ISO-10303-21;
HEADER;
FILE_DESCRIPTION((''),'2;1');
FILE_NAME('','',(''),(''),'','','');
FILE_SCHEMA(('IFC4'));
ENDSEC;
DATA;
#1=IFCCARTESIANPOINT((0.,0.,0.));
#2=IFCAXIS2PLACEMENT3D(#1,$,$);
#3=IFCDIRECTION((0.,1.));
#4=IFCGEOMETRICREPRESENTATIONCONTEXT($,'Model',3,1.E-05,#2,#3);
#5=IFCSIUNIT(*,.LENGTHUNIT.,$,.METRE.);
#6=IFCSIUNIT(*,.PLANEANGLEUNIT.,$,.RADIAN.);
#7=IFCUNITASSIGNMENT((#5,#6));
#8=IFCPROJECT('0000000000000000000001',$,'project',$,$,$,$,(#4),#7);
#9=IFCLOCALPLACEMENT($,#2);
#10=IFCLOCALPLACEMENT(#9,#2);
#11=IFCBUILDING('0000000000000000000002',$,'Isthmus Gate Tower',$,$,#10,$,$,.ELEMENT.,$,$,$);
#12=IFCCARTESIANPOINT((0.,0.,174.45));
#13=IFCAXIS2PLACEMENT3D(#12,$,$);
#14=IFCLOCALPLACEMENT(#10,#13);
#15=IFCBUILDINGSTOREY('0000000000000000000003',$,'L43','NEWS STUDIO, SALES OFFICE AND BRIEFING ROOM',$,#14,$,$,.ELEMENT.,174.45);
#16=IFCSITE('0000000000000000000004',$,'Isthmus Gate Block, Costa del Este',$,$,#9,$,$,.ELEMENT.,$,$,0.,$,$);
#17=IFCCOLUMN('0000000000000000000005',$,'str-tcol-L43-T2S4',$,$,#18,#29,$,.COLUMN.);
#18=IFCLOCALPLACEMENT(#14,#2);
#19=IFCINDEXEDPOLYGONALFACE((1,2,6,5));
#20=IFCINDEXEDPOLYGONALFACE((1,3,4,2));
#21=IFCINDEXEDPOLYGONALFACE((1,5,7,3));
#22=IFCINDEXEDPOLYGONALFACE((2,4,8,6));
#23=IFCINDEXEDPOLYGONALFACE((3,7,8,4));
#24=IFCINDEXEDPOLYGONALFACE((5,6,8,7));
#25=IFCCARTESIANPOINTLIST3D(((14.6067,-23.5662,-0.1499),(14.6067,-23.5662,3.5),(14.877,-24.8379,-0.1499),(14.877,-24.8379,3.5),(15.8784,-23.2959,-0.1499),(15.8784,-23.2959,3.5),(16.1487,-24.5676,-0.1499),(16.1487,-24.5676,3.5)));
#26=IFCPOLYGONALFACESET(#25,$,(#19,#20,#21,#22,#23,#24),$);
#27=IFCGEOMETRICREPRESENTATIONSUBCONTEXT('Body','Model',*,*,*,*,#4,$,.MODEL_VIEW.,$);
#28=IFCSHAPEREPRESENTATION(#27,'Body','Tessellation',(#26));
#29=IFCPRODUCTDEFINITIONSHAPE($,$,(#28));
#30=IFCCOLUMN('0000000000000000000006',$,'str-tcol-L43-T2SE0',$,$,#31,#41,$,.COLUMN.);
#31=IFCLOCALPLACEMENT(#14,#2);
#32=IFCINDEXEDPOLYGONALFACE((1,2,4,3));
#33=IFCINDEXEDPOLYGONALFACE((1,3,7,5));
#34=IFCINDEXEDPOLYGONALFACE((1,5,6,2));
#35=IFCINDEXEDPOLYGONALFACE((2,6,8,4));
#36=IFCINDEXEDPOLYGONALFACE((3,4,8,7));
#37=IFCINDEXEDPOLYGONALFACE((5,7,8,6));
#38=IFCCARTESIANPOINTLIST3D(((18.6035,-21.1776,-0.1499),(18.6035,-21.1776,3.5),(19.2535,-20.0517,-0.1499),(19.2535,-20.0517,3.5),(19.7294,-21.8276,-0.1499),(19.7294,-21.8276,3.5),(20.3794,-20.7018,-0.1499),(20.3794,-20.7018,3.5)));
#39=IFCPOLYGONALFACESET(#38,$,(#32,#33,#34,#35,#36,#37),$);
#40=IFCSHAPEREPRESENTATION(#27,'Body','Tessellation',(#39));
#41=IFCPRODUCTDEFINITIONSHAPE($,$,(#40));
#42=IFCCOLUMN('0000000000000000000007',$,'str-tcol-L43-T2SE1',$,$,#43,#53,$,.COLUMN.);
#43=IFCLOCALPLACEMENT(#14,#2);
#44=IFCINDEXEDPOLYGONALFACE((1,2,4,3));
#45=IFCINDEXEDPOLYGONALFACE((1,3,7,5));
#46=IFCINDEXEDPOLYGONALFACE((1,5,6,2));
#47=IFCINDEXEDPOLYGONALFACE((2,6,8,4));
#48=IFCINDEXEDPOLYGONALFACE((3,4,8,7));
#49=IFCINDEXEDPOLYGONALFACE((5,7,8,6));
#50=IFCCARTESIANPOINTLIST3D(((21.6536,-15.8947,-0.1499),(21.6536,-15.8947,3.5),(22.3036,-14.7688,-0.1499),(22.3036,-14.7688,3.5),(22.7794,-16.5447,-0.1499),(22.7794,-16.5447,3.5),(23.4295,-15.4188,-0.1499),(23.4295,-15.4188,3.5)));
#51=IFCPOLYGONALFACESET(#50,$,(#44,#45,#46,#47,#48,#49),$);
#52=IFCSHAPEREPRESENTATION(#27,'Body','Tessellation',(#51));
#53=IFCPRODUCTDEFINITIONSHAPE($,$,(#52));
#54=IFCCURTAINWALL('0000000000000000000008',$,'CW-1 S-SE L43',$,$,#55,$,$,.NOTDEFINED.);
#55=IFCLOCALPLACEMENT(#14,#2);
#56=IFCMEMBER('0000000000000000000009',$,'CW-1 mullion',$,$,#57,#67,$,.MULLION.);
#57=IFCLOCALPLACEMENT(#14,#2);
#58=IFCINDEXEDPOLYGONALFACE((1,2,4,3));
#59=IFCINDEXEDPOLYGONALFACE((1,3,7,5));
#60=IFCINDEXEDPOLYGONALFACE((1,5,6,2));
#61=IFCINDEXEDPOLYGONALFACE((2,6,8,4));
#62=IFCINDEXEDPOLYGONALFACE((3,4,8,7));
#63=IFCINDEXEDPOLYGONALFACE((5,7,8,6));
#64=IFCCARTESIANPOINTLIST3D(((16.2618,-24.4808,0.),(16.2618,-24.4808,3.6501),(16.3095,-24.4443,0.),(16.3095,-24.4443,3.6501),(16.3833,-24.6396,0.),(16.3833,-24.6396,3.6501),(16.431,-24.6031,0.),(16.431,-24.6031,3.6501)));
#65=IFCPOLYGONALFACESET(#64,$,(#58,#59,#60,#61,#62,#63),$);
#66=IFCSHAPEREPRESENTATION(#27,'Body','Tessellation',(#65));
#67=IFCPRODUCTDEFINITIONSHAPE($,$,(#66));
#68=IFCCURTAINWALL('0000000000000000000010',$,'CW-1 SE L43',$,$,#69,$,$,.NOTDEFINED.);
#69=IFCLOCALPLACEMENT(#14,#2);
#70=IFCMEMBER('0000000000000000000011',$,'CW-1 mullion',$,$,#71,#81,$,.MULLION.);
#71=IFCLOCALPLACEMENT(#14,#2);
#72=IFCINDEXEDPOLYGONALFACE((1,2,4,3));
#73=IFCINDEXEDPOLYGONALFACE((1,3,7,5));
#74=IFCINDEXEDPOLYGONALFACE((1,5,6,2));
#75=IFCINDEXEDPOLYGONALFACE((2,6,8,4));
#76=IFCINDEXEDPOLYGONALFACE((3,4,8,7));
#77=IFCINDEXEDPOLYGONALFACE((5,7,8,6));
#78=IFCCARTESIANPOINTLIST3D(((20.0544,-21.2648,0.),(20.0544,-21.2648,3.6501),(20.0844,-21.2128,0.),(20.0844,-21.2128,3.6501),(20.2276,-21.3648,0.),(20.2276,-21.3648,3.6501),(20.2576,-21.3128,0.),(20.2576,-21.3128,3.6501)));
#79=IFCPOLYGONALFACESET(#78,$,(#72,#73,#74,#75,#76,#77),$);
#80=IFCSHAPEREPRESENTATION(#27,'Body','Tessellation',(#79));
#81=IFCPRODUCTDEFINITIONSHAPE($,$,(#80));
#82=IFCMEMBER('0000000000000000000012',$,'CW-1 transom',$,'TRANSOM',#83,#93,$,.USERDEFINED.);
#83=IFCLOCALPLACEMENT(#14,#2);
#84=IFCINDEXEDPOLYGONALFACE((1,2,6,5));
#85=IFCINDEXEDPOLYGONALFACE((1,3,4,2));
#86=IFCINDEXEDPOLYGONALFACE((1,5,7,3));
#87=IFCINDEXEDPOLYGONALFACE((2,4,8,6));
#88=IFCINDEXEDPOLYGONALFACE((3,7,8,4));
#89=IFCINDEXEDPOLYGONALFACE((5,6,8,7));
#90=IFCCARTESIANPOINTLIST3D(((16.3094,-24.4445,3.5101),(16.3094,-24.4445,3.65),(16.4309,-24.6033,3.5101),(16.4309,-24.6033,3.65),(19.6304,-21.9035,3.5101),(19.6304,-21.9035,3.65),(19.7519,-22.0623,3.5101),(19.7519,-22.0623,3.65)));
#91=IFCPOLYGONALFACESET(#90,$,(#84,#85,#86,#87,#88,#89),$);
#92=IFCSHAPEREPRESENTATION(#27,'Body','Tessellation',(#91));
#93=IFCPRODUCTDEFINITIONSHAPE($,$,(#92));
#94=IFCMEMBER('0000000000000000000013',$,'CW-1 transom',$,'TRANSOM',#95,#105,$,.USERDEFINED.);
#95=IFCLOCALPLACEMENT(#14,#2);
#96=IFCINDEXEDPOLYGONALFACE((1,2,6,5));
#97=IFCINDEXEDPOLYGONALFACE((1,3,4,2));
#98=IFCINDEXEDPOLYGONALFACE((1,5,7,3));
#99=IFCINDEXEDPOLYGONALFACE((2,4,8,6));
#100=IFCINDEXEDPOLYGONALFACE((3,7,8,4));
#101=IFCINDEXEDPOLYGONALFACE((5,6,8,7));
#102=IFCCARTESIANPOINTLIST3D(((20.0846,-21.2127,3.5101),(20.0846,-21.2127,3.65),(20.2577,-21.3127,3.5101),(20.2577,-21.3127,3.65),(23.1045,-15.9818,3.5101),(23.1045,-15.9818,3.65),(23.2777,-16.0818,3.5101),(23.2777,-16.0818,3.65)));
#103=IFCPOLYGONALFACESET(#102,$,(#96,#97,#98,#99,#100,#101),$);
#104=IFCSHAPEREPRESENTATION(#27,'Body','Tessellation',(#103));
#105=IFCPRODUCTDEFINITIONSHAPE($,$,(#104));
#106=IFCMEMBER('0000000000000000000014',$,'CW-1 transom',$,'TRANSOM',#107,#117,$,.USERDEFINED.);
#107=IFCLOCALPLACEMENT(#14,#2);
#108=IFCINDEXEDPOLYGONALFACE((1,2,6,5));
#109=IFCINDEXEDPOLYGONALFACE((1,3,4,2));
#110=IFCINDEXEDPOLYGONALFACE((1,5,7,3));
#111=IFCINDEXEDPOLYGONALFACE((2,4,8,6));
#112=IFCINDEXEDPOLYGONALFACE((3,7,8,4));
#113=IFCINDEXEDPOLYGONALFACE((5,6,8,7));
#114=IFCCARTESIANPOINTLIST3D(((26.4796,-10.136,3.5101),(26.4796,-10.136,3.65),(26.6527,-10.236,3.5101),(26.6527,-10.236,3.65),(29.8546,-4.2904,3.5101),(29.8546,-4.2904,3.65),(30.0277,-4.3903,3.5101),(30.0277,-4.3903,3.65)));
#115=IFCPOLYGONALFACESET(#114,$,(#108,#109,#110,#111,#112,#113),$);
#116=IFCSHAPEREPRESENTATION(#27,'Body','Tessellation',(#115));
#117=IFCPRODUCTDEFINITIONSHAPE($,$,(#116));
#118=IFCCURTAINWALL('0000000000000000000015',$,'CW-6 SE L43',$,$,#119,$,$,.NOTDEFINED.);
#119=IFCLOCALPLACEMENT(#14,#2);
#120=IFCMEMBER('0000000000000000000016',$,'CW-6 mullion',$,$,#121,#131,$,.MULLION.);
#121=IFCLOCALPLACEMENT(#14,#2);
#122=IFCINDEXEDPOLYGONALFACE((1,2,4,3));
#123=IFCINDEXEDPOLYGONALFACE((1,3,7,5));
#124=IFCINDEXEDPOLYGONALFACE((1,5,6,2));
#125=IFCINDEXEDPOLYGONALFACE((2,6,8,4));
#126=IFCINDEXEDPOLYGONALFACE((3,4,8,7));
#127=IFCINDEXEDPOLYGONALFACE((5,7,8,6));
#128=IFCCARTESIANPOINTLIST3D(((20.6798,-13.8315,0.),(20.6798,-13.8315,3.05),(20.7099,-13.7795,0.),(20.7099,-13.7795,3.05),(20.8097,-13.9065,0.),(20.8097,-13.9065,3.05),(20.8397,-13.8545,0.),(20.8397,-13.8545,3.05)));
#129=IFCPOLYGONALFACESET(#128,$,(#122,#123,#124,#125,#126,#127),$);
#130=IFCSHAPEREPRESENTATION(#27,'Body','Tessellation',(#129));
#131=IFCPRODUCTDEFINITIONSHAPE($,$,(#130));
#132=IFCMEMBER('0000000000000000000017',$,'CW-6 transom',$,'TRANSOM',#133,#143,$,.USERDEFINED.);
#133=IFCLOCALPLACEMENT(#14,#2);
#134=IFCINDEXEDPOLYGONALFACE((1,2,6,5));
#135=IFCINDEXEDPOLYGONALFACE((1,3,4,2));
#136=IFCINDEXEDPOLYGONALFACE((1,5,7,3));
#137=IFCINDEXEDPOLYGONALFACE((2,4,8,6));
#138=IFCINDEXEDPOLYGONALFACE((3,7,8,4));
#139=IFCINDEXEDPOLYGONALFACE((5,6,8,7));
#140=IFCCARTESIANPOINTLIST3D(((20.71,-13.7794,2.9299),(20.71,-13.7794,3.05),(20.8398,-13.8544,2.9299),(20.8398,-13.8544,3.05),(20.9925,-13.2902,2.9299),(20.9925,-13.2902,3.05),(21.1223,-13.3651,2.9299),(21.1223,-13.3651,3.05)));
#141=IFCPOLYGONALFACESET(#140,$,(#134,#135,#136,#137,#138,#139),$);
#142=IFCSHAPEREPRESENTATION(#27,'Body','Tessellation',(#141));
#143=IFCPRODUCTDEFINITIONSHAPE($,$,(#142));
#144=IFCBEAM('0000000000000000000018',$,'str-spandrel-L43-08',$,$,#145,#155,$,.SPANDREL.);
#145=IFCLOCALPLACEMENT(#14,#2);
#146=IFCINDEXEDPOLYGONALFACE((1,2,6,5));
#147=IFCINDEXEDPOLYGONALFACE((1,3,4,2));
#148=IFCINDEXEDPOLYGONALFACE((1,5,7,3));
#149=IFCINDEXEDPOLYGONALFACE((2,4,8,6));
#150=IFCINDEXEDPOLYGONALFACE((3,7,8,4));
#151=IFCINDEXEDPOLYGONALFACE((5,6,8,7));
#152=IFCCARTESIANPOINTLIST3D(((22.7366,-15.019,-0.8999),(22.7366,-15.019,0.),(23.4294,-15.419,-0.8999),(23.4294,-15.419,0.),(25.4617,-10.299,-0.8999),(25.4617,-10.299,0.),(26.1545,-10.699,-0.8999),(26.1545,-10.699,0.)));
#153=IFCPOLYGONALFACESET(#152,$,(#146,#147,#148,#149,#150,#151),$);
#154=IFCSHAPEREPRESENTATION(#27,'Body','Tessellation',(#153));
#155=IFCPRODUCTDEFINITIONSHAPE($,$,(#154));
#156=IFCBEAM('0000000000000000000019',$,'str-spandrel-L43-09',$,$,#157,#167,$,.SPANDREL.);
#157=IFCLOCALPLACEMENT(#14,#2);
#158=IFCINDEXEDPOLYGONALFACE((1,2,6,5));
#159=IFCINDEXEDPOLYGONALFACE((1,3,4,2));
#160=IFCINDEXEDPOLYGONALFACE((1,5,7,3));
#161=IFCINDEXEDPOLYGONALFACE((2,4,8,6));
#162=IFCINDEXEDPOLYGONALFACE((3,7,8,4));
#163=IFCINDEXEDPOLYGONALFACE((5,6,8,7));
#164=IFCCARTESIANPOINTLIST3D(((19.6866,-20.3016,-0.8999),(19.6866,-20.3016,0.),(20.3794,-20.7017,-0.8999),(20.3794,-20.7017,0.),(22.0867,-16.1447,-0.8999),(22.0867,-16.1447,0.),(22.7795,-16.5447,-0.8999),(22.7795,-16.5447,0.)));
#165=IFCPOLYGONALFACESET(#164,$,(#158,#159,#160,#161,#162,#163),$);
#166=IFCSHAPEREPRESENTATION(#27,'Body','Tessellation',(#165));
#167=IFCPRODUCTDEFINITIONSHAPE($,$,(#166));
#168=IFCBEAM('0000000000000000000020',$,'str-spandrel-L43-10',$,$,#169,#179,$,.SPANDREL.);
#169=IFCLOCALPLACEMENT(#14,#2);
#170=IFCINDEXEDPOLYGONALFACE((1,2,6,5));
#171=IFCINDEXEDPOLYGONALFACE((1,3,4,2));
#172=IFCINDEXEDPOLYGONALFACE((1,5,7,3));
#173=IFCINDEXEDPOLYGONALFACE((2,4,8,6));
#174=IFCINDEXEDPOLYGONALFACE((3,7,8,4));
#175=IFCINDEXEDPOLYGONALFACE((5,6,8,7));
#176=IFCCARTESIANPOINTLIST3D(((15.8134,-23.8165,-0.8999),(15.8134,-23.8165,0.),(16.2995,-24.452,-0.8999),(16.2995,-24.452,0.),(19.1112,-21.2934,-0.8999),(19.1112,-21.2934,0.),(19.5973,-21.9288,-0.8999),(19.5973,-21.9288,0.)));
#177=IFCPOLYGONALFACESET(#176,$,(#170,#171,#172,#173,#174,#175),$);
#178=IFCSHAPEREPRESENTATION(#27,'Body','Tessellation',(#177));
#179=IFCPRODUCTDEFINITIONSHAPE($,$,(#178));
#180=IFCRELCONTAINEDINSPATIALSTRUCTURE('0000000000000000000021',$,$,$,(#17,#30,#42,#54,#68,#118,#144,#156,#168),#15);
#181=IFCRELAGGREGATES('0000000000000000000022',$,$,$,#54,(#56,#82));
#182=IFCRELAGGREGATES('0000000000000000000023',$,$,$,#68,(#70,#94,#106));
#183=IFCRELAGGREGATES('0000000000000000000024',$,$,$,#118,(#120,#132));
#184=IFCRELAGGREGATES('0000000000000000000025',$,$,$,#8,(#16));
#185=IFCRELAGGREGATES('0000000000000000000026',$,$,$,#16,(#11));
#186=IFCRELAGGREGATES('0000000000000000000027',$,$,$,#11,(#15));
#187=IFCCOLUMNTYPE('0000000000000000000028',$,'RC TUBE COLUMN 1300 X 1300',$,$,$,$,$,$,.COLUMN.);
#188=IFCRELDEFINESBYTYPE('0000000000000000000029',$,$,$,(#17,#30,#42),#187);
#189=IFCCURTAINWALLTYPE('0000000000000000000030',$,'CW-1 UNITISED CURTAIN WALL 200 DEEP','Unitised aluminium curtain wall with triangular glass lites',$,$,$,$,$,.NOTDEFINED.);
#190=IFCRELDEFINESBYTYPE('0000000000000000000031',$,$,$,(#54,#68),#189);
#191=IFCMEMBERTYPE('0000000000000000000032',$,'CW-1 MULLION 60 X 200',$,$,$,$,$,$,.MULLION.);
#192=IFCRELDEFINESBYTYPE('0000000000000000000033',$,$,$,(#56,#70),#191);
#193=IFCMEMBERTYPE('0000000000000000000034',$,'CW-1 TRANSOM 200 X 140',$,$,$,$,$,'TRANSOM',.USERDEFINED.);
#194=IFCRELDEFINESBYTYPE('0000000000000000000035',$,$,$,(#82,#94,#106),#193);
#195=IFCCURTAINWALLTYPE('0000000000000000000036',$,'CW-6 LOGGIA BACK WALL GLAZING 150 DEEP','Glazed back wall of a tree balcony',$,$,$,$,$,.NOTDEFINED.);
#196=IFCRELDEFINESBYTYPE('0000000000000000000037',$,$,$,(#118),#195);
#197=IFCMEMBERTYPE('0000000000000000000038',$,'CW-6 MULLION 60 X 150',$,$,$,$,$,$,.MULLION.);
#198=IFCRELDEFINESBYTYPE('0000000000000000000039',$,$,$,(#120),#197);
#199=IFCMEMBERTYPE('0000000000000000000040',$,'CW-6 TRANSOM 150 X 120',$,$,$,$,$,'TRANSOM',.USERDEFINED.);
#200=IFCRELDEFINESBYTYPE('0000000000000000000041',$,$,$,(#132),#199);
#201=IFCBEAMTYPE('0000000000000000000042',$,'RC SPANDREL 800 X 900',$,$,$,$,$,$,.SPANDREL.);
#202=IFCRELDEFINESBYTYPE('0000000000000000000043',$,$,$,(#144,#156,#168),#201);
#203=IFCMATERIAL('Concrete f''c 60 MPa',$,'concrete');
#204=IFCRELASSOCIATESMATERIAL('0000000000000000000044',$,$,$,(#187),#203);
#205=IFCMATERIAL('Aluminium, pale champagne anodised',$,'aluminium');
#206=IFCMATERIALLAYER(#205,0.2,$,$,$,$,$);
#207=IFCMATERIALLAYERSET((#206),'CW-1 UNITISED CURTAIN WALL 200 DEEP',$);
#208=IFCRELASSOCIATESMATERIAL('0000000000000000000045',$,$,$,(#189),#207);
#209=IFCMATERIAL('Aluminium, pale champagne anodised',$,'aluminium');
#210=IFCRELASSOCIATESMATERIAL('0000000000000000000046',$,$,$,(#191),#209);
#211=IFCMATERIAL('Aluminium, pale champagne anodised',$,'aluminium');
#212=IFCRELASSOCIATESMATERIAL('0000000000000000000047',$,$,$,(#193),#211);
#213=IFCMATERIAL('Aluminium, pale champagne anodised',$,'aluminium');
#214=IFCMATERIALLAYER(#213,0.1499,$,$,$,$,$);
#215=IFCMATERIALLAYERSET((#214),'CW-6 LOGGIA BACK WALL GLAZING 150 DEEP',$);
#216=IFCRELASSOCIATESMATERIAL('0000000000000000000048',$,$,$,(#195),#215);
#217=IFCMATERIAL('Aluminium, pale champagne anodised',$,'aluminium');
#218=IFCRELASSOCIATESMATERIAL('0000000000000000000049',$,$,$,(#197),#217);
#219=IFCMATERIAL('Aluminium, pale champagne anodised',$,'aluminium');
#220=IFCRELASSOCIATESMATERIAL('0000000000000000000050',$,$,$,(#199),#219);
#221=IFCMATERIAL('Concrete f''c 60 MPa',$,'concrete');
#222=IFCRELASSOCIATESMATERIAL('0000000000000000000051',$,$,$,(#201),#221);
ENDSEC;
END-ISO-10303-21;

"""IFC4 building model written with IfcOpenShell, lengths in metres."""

from ifc_helpers import new_model, si_unit, direction, frame, origin, origin_2d, place, context, subcontext, project, spatial, rectangle, extrude, material, layer, layer_set, material_profile, profile_set, type_object, element, aggregate, save


model = new_model("IFC4")

# Units and contexts
model_context = context("Model", 3, precision=1e-05, world=origin(), true_north=direction((0.0, 1.0)))
body_context = subcontext(model_context, "Body", "Model", "MODEL_VIEW")
ifc_project = project(units=[si_unit("LENGTHUNIT", "METRE"), si_unit("PLANEANGLEUNIT", "RADIAN")], contexts=[model_context])

# Site, building, storey
site_placement = place(None, origin())
site = spatial("IfcSite", under=ifc_project, at=site_placement, Name="Isthmus Gate Block, Costa del Este", CompositionType="ELEMENT", RefElevation=0.0)
building_placement = place(site_placement, origin())
building = spatial("IfcBuilding", under=site, at=building_placement, Name="Isthmus Gate Tower", CompositionType="ELEMENT")
storey_placement = place(building_placement, frame((0.0, 0.0, 174.45)))
storey = spatial("IfcBuildingStorey", under=building, at=storey_placement, Name="L43", Description="NEWS STUDIO, SALES OFFICE AND BRIEFING ROOM", CompositionType="ELEMENT", Elevation=174.45)

# Columns
ifc_material_1 = material(Name="Concrete f'c 60 MPa", Category="concrete")
ifc_material_profile_1 = material_profile(ifc_material_1, rectangle(XDim=1.3, YDim=1.3, at=origin_2d()), Name="RC 1300X1300")
ifc_profile_set_1 = profile_set([ifc_material_profile_1], Name="Concrete f'c 60 MPa")
column_type = type_object("IfcColumnType", Name="RC TUBE COLUMN 1300 X 1300", PredefinedType="COLUMN", material=ifc_profile_set_1)
for number, where, z_axis, x_axis, name in (
    (1, (15.3777, -24.0669, -0.1499), (0.0, 0.0, 1.0), (0.978148, 0.207912, 0.0), "str-tcol-L43-T2S4"),
    (2, (19.4915, -20.9397, -0.1499), (0.0, 0.0, 1.0), (0.5, 0.866025, 0.0), "str-tcol-L43-T2SE0"),
    (3, (22.5415, -15.6567, -0.1499), (0.0, 0.0, 1.0), (0.5, 0.866025, 0.0), "str-tcol-L43-T2SE1"),
):
    element("IfcColumn", number, at=place(storey_placement, frame(where, z_axis=z_axis, x_axis=x_axis)), inside=storey, type_object=column_type, Name=name, PredefinedType="COLUMN", context=body_context, shape_type="SweptSolid", body=[
        extrude(rectangle(XDim=1.3, YDim=1.3, at=origin_2d()), origin(), (0.0, 0.0, 1.0), 3.6499),
    ])

# Curtain walls, members
ifc_material_2 = material(Name="Aluminium, pale champagne anodised", Category="aluminium")
ifc_layer_1 = layer(ifc_material_2, 0.2)
ifc_layer_set_1 = layer_set([ifc_layer_1], Name="CW-1 UNITISED CURTAIN WALL 200 DEEP")
curtain_wall_type_1 = type_object("IfcCurtainWallType", Name="CW-1 UNITISED CURTAIN WALL 200 DEEP", Description="Unitised aluminium curtain wall with triangular glass lites", PredefinedType="NOTDEFINED", material=ifc_layer_set_1)
curtain_wall_1_placement = place(storey_placement, origin())
curtain_wall_1 = element("IfcCurtainWall", 4, at=curtain_wall_1_placement, inside=storey, type_object=curtain_wall_type_1, Name="CW-1 S-SE L43", PredefinedType="NOTDEFINED")
ifc_material_3 = material(Name="Aluminium, pale champagne anodised", Category="aluminium")
ifc_material_profile_2 = material_profile(ifc_material_3, rectangle(XDim=0.0601, YDim=0.2, at=origin_2d()), Name="60x200")
ifc_profile_set_2 = profile_set([ifc_material_profile_2], Name="Aluminium, pale champagne anodised")
member_type_1 = type_object("IfcMemberType", Name="CW-1 MULLION 60 X 200", PredefinedType="MULLION", material=ifc_profile_set_2)
member_1_placement = place(storey_placement, frame((16.3464, -24.542, 0.0), z_axis=(0.0, 0.0, 1.0), x_axis=(0.794189, 0.607671, 0.0)))
member_1 = element("IfcMember", 5, at=member_1_placement, type_object=member_type_1, Name="CW-1 mullion", PredefinedType="MULLION", context=body_context, shape_type="SweptSolid", body=[
    extrude(rectangle(XDim=0.0601, YDim=0.2, at=origin_2d()), origin(), (0.0, 0.0, 1.0), 3.6501),
])
curtain_wall_2_placement = place(storey_placement, origin())
curtain_wall_2 = element("IfcCurtainWall", 6, at=curtain_wall_2_placement, inside=storey, type_object=curtain_wall_type_1, Name="CW-1 SE L43", PredefinedType="NOTDEFINED")
member_2_placement = place(storey_placement, frame((20.156, -21.2888, 0.0), z_axis=(0.0, 0.0, 1.0), x_axis=(0.5, 0.866025, 0.0)))
member_2 = element("IfcMember", 7, at=member_2_placement, type_object=member_type_1, Name="CW-1 mullion", PredefinedType="MULLION", context=body_context, shape_type="SweptSolid", body=[
    extrude(rectangle(XDim=0.0601, YDim=0.2, at=origin_2d()), origin(), (0.0, 0.0, 1.0), 3.6501),
])

# Members
ifc_material_4 = material(Name="Aluminium, pale champagne anodised", Category="aluminium")
ifc_material_profile_3 = material_profile(ifc_material_4, rectangle(XDim=0.2, YDim=0.1399, at=origin_2d()), Name="200x140")
ifc_profile_set_3 = profile_set([ifc_material_profile_3], Name="Aluminium, pale champagne anodised")
member_type_2 = type_object("IfcMemberType", Name="CW-1 TRANSOM 200 X 140", ElementType="TRANSOM", PredefinedType="USERDEFINED", material=ifc_profile_set_3)
member_3_placement = place(storey_placement, frame((16.3701, -24.5239, 3.5801), z_axis=(0.794197, 0.60766, 0.0), x_axis=(-0.60766, 0.794197, 0.0)))
member_3 = element("IfcMember", 8, at=member_3_placement, type_object=member_type_2, Name="CW-1 transom", ObjectType="TRANSOM", PredefinedType="USERDEFINED", context=body_context, shape_type="SweptSolid", body=[
    extrude(rectangle(XDim=0.2, YDim=0.1399, at=origin_2d()), origin(), (0.0, 0.0, 1.0), 4.1816),
])
member_4_placement = place(storey_placement, frame((20.1711, -21.2627, 3.5801), z_axis=(0.499991, 0.866031, 0.0), x_axis=(-0.866031, 0.499991, 0.0)))
member_4 = element("IfcMember", 9, at=member_4_placement, type_object=member_type_2, Name="CW-1 transom", ObjectType="TRANSOM", PredefinedType="USERDEFINED", context=body_context, shape_type="SweptSolid", body=[
    extrude(rectangle(XDim=0.2, YDim=0.1399, at=origin_2d()), origin(), (0.0, 0.0, 1.0), 6.04),
])
member_5_placement = place(storey_placement, frame((26.5662, -10.186, 3.5801), z_axis=(0.499998, 0.866027, 0.0), x_axis=(-0.866027, 0.499998, 0.0)))
member_5 = element("IfcMember", 10, at=member_5_placement, type_object=member_type_2, Name="CW-1 transom", ObjectType="TRANSOM", PredefinedType="USERDEFINED", context=body_context, shape_type="SweptSolid", body=[
    extrude(rectangle(XDim=0.2, YDim=0.1399, at=origin_2d()), origin(), (0.0, 0.0, 1.0), 6.75),
])

# Curtain wall, members
ifc_material_5 = material(Name="Aluminium, pale champagne anodised", Category="aluminium")
ifc_layer_2 = layer(ifc_material_5, 0.1499)
ifc_layer_set_2 = layer_set([ifc_layer_2], Name="CW-6 LOGGIA BACK WALL GLAZING 150 DEEP")
curtain_wall_type_2 = type_object("IfcCurtainWallType", Name="CW-6 LOGGIA BACK WALL GLAZING 150 DEEP", Description="Glazed back wall of a tree balcony", PredefinedType="NOTDEFINED", material=ifc_layer_set_2)
curtain_wall_3_placement = place(storey_placement, origin())
curtain_wall_3 = element("IfcCurtainWall", 11, at=curtain_wall_3_placement, inside=storey, type_object=curtain_wall_type_2, Name="CW-6 SE L43", PredefinedType="NOTDEFINED")
ifc_material_6 = material(Name="Aluminium, pale champagne anodised", Category="aluminium")
ifc_material_profile_4 = material_profile(ifc_material_6, rectangle(XDim=0.0601, YDim=0.1499, at=origin_2d()), Name="60x150")
ifc_profile_set_4 = profile_set([ifc_material_profile_4], Name="Aluminium, pale champagne anodised")
member_type_3 = type_object("IfcMemberType", Name="CW-6 MULLION 60 X 150", PredefinedType="MULLION", material=ifc_profile_set_4)
member_6_placement = place(storey_placement, frame((20.7598, -13.843, 0.0), z_axis=(0.0, 0.0, 1.0), x_axis=(0.5, 0.866025, 0.0)))
member_6 = element("IfcMember", 12, at=member_6_placement, type_object=member_type_3, Name="CW-6 mullion", PredefinedType="MULLION", context=body_context, shape_type="SweptSolid", body=[
    extrude(rectangle(XDim=0.0601, YDim=0.1499, at=origin_2d()), origin(), (0.0, 0.0, 1.0), 3.05),
])
ifc_material_7 = material(Name="Aluminium, pale champagne anodised", Category="aluminium")
ifc_material_profile_5 = material_profile(ifc_material_7, rectangle(XDim=0.1499, YDim=0.1201, at=origin_2d()), Name="150x120")
ifc_profile_set_5 = profile_set([ifc_material_profile_5], Name="Aluminium, pale champagne anodised")
member_type_4 = type_object("IfcMemberType", Name="CW-6 TRANSOM 150 X 120", ElementType="TRANSOM", PredefinedType="USERDEFINED", material=ifc_profile_set_5)
member_7_placement = place(storey_placement, frame((20.7749, -13.8169, 2.99), z_axis=(0.499997, 0.866027, 0.0), x_axis=(-0.866027, 0.499997, 0.0)))
member_7 = element("IfcMember", 13, at=member_7_placement, type_object=member_type_4, Name="CW-6 transom", ObjectType="TRANSOM", PredefinedType="USERDEFINED", context=body_context, shape_type="SweptSolid", body=[
    extrude(rectangle(XDim=0.1499, YDim=0.1201, at=origin_2d()), origin(), (0.0, 0.0, 1.0), 0.5649),
])

# Beams
ifc_material_8 = material(Name="Concrete f'c 60 MPa", Category="concrete")
ifc_material_profile_6 = material_profile(ifc_material_8, rectangle(XDim=0.8, YDim=0.8999, at=origin_2d()), Name="RC 800X900")
ifc_profile_set_6 = profile_set([ifc_material_profile_6], Name="Concrete f'c 60 MPa")
beam_type_1 = type_object("IfcBeamType", Name="RC SPANDREL 800 X 900", PredefinedType="SPANDREL", material=ifc_profile_set_6)
beam_1_placement = place(storey_placement, frame((25.8081, -10.499, -0.45), z_axis=(-0.500003, -0.866024, 0.0), x_axis=(0.866024, -0.500003, 0.0)))
element("IfcBeam", 14, at=beam_1_placement, inside=storey, type_object=beam_type_1, Name="str-spandrel-L43-08", PredefinedType="SPANDREL", context=body_context, shape_type="SweptSolid", body=[
    extrude(rectangle(XDim=0.8, YDim=0.8999, at=origin_2d()), origin(), (0.0, 0.0, 1.0), 5.4502),
])
beam_2_placement = place(storey_placement, frame((22.4331, -16.3447, -0.45), z_axis=(-0.500017, -0.866015, 0.0), x_axis=(0.866015, -0.500017, 0.0)))
element("IfcBeam", 15, at=beam_2_placement, inside=storey, type_object=beam_type_1, Name="str-spandrel-L43-09", PredefinedType="SPANDREL", context=body_context, shape_type="SweptSolid", body=[
    extrude(rectangle(XDim=0.8, YDim=0.8999, at=origin_2d()), origin(), (0.0, 0.0, 1.0), 4.8),
])
beam_3_placement = place(storey_placement, frame((19.3542, -21.6111, -0.45), z_axis=(-0.794206, -0.607649, 0.0), x_axis=(0.607649, -0.794206, 0.0)))
element("IfcBeam", 16, at=beam_3_placement, inside=storey, type_object=beam_type_1, Name="str-spandrel-L43-10", PredefinedType="SPANDREL", context=body_context, shape_type="SweptSolid", body=[
    extrude(rectangle(XDim=0.8, YDim=0.8999, at=origin_2d()), origin(), (0.0, 0.0, 1.0), 4.1523),
])

aggregate(curtain_wall_1, [member_1, member_3])
aggregate(curtain_wall_2, [member_2, member_4, member_5])
aggregate(curtain_wall_3, [member_6, member_7])

save(model, "model.ifc")
